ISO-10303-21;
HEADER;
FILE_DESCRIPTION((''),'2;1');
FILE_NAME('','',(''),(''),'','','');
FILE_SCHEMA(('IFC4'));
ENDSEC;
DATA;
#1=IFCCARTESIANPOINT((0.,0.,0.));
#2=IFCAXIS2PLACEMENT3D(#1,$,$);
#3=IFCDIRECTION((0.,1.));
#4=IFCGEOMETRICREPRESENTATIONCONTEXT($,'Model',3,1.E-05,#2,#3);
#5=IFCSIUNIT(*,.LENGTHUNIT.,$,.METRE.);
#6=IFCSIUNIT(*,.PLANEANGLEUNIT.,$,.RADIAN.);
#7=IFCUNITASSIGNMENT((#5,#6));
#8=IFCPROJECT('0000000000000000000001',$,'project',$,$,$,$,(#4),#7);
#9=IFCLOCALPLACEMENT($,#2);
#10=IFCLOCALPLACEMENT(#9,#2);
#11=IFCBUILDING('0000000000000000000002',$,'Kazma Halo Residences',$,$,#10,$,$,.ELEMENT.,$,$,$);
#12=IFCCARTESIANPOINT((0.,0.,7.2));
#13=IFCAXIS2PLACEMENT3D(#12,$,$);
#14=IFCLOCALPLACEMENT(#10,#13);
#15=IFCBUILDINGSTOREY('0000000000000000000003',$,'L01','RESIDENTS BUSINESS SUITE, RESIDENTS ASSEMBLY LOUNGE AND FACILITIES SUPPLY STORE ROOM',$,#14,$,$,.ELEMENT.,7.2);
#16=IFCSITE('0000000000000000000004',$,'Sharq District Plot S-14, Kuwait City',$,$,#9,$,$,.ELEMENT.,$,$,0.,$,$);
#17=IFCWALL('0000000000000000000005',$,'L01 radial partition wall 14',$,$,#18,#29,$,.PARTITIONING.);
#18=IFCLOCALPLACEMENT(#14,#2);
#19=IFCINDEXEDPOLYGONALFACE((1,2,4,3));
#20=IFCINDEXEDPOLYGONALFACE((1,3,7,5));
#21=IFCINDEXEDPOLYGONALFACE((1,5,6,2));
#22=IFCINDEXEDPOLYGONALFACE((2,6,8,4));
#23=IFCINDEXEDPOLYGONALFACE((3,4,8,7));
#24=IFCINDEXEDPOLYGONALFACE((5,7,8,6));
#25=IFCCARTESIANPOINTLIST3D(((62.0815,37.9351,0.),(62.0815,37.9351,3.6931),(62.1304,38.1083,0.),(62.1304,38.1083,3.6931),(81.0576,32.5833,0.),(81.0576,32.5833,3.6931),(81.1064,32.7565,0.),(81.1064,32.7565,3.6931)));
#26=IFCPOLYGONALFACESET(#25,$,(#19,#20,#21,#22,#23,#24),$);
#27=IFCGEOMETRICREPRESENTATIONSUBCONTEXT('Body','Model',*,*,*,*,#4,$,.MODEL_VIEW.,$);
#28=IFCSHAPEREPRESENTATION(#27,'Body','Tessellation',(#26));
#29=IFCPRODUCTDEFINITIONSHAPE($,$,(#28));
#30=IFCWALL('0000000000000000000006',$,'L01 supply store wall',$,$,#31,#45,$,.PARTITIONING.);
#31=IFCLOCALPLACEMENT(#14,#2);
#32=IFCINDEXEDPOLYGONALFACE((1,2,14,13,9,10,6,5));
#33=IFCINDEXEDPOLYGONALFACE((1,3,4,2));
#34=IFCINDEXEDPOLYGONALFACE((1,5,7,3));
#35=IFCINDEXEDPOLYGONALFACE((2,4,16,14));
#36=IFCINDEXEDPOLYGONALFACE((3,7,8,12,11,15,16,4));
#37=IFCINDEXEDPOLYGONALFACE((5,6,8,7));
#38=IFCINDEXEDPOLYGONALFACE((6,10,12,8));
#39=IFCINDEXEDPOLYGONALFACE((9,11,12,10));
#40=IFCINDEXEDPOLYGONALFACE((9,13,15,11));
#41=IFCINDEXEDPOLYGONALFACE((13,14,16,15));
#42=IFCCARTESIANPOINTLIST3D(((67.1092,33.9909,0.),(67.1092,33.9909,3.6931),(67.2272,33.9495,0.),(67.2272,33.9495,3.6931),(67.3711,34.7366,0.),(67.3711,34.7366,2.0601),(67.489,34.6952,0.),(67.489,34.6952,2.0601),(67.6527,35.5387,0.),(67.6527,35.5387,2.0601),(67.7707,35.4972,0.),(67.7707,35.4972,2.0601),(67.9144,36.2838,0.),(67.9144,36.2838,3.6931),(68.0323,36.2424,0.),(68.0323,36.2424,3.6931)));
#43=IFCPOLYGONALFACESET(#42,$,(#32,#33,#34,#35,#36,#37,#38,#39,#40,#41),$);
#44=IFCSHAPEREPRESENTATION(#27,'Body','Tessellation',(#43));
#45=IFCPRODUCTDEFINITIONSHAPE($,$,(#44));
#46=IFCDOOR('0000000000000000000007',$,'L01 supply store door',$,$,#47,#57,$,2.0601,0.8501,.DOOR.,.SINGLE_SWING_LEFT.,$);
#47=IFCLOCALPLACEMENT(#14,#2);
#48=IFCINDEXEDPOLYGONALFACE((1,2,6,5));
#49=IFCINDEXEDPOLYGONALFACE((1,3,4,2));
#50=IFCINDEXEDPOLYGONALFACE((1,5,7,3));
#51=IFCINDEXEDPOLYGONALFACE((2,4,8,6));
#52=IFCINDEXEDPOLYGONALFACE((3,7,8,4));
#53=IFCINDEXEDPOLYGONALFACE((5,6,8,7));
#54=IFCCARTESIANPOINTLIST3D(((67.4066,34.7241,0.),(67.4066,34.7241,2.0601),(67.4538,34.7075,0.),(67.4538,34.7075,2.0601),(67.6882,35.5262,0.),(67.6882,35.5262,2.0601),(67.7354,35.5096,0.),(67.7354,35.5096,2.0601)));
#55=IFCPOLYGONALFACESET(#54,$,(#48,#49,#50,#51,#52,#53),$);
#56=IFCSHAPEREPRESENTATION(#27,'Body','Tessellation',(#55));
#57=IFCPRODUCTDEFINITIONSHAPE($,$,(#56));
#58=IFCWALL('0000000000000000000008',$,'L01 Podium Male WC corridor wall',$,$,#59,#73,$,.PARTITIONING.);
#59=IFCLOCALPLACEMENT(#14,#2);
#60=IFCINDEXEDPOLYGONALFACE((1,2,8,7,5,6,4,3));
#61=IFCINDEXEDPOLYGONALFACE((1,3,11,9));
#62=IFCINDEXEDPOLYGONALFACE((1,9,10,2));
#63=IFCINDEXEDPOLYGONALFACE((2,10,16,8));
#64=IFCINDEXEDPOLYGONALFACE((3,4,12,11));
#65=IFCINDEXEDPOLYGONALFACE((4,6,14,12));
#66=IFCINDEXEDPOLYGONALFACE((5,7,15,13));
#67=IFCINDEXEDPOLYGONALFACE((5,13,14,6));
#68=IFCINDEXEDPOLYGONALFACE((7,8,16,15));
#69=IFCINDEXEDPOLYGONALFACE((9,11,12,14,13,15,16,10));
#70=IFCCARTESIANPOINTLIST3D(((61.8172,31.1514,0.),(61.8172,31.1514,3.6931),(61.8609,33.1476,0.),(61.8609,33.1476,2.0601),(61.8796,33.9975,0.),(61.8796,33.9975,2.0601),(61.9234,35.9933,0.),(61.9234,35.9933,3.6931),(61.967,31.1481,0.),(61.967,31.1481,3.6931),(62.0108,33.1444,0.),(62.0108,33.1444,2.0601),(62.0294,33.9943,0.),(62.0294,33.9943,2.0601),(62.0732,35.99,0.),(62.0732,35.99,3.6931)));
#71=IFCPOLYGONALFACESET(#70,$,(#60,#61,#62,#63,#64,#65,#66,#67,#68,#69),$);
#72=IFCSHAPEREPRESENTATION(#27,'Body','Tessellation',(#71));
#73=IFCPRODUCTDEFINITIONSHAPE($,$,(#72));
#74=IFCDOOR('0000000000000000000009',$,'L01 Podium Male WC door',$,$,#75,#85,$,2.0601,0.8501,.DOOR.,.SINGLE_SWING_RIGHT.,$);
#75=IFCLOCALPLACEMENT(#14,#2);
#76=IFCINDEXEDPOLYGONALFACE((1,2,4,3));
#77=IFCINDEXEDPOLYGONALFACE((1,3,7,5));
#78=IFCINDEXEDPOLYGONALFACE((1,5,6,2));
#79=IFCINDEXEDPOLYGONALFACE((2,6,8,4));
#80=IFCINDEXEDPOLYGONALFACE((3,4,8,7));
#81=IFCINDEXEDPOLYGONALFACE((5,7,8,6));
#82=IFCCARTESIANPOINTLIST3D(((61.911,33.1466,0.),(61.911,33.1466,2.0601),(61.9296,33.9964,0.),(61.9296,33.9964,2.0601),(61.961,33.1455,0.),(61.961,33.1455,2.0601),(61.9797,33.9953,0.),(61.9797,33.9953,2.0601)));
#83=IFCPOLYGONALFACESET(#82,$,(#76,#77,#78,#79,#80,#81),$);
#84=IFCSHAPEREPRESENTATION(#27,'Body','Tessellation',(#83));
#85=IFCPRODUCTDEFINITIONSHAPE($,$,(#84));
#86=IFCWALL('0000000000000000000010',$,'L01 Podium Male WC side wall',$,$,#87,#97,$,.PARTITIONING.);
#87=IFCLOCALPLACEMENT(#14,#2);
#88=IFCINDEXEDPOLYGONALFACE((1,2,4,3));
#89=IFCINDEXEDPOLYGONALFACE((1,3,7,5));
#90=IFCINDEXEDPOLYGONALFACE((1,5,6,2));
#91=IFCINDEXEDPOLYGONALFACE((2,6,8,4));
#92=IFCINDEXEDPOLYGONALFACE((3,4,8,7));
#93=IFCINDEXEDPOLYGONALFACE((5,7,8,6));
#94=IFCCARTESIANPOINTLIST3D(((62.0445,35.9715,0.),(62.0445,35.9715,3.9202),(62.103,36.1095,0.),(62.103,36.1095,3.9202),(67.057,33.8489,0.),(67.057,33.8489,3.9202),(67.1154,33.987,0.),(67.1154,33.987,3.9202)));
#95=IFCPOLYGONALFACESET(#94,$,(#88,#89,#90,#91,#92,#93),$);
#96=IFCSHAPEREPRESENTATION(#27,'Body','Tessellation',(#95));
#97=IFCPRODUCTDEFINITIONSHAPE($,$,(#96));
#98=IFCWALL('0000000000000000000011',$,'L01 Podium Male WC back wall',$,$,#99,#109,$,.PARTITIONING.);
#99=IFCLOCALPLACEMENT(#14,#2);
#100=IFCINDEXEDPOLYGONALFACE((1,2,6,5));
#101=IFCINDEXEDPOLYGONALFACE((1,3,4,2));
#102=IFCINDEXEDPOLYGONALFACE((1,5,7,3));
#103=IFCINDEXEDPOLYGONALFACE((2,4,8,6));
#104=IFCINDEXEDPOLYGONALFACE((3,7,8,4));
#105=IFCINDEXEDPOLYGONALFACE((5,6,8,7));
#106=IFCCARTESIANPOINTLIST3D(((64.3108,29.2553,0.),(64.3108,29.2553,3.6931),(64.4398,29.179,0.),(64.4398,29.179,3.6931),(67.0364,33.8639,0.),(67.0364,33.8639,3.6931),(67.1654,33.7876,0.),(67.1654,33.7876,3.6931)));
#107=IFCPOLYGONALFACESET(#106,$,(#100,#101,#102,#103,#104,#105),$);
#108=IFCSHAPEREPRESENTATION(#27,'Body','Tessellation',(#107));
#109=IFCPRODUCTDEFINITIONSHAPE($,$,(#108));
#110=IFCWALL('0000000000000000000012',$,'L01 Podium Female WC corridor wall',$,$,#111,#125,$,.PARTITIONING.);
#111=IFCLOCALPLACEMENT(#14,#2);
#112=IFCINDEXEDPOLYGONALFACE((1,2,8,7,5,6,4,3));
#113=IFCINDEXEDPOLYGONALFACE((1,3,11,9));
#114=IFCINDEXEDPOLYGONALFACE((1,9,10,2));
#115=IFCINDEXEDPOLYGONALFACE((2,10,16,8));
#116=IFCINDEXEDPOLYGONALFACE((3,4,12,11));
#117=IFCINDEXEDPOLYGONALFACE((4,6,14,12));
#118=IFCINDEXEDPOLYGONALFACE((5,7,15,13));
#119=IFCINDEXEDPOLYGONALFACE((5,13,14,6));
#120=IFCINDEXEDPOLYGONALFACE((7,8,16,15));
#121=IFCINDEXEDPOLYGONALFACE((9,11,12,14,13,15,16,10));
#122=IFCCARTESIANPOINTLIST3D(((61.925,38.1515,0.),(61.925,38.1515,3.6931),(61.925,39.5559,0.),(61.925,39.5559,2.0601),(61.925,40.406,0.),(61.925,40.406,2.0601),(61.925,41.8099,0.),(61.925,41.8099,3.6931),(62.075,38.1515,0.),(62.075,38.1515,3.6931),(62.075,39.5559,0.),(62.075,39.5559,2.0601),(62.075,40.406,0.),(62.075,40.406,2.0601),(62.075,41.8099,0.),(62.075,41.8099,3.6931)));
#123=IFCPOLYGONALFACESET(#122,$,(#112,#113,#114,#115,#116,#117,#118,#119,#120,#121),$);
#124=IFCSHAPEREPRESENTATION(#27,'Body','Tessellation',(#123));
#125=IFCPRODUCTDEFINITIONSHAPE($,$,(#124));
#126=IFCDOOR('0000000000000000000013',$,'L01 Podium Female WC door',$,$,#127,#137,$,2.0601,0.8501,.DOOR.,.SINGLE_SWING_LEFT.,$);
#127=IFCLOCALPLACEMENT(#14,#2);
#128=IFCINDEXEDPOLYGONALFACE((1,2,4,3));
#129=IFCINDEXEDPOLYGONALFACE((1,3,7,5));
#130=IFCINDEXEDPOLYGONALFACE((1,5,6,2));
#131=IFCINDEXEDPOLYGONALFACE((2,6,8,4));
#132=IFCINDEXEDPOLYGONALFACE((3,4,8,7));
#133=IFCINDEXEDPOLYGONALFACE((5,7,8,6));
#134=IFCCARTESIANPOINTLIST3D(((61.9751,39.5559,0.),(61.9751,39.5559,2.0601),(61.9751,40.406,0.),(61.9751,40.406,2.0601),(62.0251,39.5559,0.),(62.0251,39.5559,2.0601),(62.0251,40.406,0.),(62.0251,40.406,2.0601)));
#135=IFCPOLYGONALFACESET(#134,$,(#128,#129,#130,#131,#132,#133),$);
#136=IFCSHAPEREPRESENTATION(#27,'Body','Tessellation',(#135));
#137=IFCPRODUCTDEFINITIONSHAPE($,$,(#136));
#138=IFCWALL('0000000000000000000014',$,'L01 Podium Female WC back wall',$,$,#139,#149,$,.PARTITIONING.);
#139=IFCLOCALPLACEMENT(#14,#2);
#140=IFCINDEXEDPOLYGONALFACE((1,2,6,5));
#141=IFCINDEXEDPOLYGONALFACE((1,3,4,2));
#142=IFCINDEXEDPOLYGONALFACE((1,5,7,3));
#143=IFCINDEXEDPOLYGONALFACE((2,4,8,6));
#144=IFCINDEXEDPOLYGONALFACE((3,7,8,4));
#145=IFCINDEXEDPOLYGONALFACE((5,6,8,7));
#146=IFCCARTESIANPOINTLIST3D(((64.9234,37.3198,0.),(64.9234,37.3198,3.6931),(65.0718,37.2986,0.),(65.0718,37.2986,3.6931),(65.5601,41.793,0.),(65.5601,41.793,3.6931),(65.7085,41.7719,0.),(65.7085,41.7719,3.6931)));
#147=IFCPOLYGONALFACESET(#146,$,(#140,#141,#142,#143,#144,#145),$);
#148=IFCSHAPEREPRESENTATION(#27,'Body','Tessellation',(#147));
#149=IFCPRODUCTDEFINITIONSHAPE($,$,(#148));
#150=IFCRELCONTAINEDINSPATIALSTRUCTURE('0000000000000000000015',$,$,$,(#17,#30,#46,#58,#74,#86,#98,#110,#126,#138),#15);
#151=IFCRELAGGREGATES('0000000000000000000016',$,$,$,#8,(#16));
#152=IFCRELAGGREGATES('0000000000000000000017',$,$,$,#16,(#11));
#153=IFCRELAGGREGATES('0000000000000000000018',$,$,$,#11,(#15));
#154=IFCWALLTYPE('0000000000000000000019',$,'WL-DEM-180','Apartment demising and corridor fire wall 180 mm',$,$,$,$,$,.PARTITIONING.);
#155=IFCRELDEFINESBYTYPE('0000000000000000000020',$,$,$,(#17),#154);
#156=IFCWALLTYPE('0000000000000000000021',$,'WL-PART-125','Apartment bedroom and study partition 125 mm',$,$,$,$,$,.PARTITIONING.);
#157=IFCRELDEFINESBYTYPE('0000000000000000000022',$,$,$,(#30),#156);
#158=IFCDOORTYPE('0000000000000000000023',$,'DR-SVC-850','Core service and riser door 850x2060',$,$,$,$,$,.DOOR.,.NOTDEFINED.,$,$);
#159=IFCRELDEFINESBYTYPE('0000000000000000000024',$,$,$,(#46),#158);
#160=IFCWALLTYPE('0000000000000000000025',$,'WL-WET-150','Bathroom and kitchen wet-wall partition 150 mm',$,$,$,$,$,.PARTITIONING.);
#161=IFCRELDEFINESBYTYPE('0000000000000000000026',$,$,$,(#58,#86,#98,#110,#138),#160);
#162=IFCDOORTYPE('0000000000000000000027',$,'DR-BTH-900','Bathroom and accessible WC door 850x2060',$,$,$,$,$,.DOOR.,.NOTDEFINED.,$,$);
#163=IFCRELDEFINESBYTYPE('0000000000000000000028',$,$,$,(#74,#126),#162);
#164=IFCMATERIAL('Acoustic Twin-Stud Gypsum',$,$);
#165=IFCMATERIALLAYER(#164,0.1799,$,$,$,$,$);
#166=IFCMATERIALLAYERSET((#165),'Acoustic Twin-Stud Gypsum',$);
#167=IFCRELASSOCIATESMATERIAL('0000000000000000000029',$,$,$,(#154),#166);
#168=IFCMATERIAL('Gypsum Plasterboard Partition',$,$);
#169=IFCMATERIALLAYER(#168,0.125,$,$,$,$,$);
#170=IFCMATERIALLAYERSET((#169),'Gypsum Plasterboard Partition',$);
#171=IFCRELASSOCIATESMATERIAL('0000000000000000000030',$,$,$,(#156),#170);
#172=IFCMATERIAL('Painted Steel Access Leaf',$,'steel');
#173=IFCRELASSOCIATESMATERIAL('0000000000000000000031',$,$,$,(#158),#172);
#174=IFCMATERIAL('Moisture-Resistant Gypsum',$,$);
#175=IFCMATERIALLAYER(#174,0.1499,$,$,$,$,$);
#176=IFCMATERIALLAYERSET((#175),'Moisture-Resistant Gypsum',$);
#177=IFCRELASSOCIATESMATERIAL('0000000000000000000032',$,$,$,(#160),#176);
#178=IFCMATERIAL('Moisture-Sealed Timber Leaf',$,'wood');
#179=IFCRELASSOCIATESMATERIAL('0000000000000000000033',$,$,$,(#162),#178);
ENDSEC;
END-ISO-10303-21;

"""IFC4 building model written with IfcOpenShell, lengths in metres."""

from ifc_helpers import new_model, si_unit, direction, frame, frame_2d, origin, place, context, subcontext, project, spatial, rectangle, extrude, material, layer, layer_set, type_object, element, fill, save


model = new_model("IFC4")

# Units and contexts
model_context = context("Model", 3, precision=1e-05, world=origin(), true_north=direction((0.0, 1.0)))
body_context = subcontext(model_context, "Body", "Model", "MODEL_VIEW")
ifc_project = project(units=[si_unit("LENGTHUNIT", "METRE"), si_unit("PLANEANGLEUNIT", "RADIAN")], contexts=[model_context])

# Site, building, storey
site_placement = place(None, origin())
site = spatial("IfcSite", under=ifc_project, at=site_placement, Name="Sharq District Plot S-14, Kuwait City", CompositionType="ELEMENT", RefElevation=0.0)
building_placement = place(site_placement, origin())
building = spatial("IfcBuilding", under=site, at=building_placement, Name="Kazma Halo Residences", CompositionType="ELEMENT")
storey_placement = place(building_placement, frame((0.0, 0.0, 7.2)))
storey = spatial("IfcBuildingStorey", under=building, at=storey_placement, Name="L01", Description="RESIDENTS BUSINESS SUITE, RESIDENTS ASSEMBLY LOUNGE AND FACILITIES SUPPLY STORE ROOM", CompositionType="ELEMENT", Elevation=7.2)

# Wall
ifc_material_1 = material(Name="Acoustic Twin-Stud Gypsum")
ifc_layer_1 = layer(ifc_material_1, 0.1799)
ifc_layer_set_1 = layer_set([ifc_layer_1], Name="Acoustic Twin-Stud Gypsum")
wall_type_1 = type_object("IfcWallType", Name="WL-DEM-180", Description="Apartment demising and corridor fire wall 180 mm", PredefinedType="PARTITIONING", material=ifc_layer_set_1)
wall_1_placement = place(storey_placement, frame((62.106, 38.0217, 0.0), z_axis=(0.0, 0.0, 1.0), x_axis=(0.962455, -0.27144, 0.0)))
element("IfcWall", 1, at=wall_1_placement, inside=storey, type_object=wall_type_1, Name="L01 radial partition wall 14", PredefinedType="PARTITIONING", context=body_context, shape_type="SweptSolid", body=[
    extrude(rectangle(XDim=19.7163, YDim=0.1799, at=frame_2d((9.8582, 0.0))), origin(), (0.0, 0.0, 1.0), 3.6931),
])

# Walls, openings, doors
ifc_material_2 = material(Name="Gypsum Plasterboard Partition")
ifc_layer_2 = layer(ifc_material_2, 0.125)
ifc_layer_set_2 = layer_set([ifc_layer_2], Name="Gypsum Plasterboard Partition")
wall_type_2 = type_object("IfcWallType", Name="WL-PART-125", Description="Apartment bedroom and study partition 125 mm", PredefinedType="PARTITIONING", material=ifc_layer_set_2)
wall_2_placement = place(storey_placement, frame((67.1682, 33.9702, 0.0), z_axis=(0.0, 0.0, 1.0), x_axis=(0.331317, 0.94352, 0.0)))
wall_2 = element("IfcWall", 2, at=wall_2_placement, inside=storey, type_object=wall_type_2, Name="L01 supply store wall", PredefinedType="PARTITIONING", context=body_context, shape_type="SweptSolid", body=[
    extrude(rectangle(XDim=2.4302, YDim=0.125, at=frame_2d((1.2151, 0.0))), origin(), (0.0, 0.0, 1.0), 3.6931),
])
opening_1_placement = place(wall_2_placement, frame((0.7903, 0.0, 0.0)))
opening_1 = element("IfcOpeningElement", 3, at=opening_1_placement, cuts=wall_2, PredefinedType="OPENING", context=body_context, shape_type="SweptSolid", body=[
    extrude(rectangle(XDim=0.8501, YDim=2.0601, at=frame_2d((0.425, 1.03))), frame((0.0, 0.0725, 0.0), z_axis=(0.0, -1.0, 0.0), x_axis=(1.0, 0.0, 0.0)), (0.0, 0.0, 1.0), 0.145),
])
ifc_material_3 = material(Name="Painted Steel Access Leaf", Category="steel")
door_type_1 = type_object("IfcDoorType", Name="DR-SVC-850", Description="Core service and riser door 850x2060", OperationType="NOTDEFINED", PredefinedType="DOOR", material=ifc_material_3)
door_1_placement = place(opening_1_placement, origin())
door_1 = element("IfcDoor", 4, at=door_1_placement, inside=storey, type_object=door_type_1, Name="L01 supply store door", OperationType="SINGLE_SWING_LEFT", OverallHeight=2.0601, OverallWidth=0.8501, PredefinedType="DOOR", context=body_context, shape_type="SweptSolid", body=[
    extrude(rectangle(XDim=0.8501, YDim=2.0601, at=frame_2d((0.425, 1.03))), frame((0.0, 0.0249, 0.0), z_axis=(0.0, -1.0, 0.0), x_axis=(1.0, 0.0, 0.0)), (0.0, 0.0, 1.0), 0.05),
])
fill(opening_1, door_1)
ifc_material_4 = material(Name="Moisture-Resistant Gypsum")
ifc_layer_3 = layer(ifc_material_4, 0.1499)
ifc_layer_set_3 = layer_set([ifc_layer_3], Name="Moisture-Resistant Gypsum")
wall_type_3 = type_object("IfcWallType", Name="WL-WET-150", Description="Bathroom and kitchen wet-wall partition 150 mm", PredefinedType="PARTITIONING", material=ifc_layer_set_3)
wall_3_placement = place(storey_placement, frame((61.8921, 31.1499, 0.0), z_axis=(0.0, 0.0, 1.0), x_axis=(0.021929, 0.99976, 0.0)))
wall_3 = element("IfcWall", 5, at=wall_3_placement, inside=storey, type_object=wall_type_3, Name="L01 Podium Male WC corridor wall", PredefinedType="PARTITIONING", context=body_context, shape_type="SweptSolid", body=[
    extrude(rectangle(XDim=4.843, YDim=0.1499, at=frame_2d((2.4214, 0.0))), origin(), (0.0, 0.0, 1.0), 3.6931),
])
opening_2_placement = place(wall_3_placement, frame((1.9966, 0.0, 0.0)))
opening_2 = element("IfcOpeningElement", 6, at=opening_2_placement, cuts=wall_3, PredefinedType="OPENING", context=body_context, shape_type="SweptSolid", body=[
    extrude(rectangle(XDim=0.8501, YDim=2.0601, at=frame_2d((0.425, 1.03))), frame((0.0, 0.085, 0.0), z_axis=(0.0, -1.0, 0.0), x_axis=(1.0, 0.0, 0.0)), (0.0, 0.0, 1.0), 0.1699),
])
ifc_material_5 = material(Name="Moisture-Sealed Timber Leaf", Category="wood")
door_type_2 = type_object("IfcDoorType", Name="DR-BTH-900", Description="Bathroom and accessible WC door 850x2060", OperationType="NOTDEFINED", PredefinedType="DOOR", material=ifc_material_5)
door_2_placement = place(opening_2_placement, origin())
door_2 = element("IfcDoor", 7, at=door_2_placement, inside=storey, type_object=door_type_2, Name="L01 Podium Male WC door", OperationType="SINGLE_SWING_RIGHT", OverallHeight=2.0601, OverallWidth=0.8501, PredefinedType="DOOR", context=body_context, shape_type="SweptSolid", body=[
    extrude(rectangle(XDim=0.8501, YDim=2.0601, at=frame_2d((0.425, 1.03))), frame((0.0, 0.0249, 0.0), z_axis=(0.0, -1.0, 0.0), x_axis=(1.0, 0.0, 0.0)), (0.0, 0.0, 1.0), 0.05),
])
fill(opening_2, door_2)

# Walls
wall_4_placement = place(storey_placement, frame((62.0737, 36.0405, 0.0), z_axis=(0.0, 0.0, 1.0), x_axis=(0.920842, -0.389937, 0.0)))
element("IfcWall", 8, at=wall_4_placement, inside=storey, type_object=wall_type_3, Name="L01 Podium Male WC side wall", PredefinedType="PARTITIONING", context=body_context, shape_type="SweptSolid", body=[
    extrude(rectangle(XDim=5.4434, YDim=0.1499, at=frame_2d((2.7217, 0.0))), origin(), (0.0, 0.0, 1.0), 3.9202),
])
wall_5_placement = place(storey_placement, frame((64.3752, 29.217, 0.0), z_axis=(0.0, 0.0, 1.0), x_axis=(0.509047, 0.860739, 0.0)))
element("IfcWall", 9, at=wall_5_placement, inside=storey, type_object=wall_type_3, Name="L01 Podium Male WC back wall", PredefinedType="PARTITIONING", context=body_context, shape_type="SweptSolid", body=[
    extrude(rectangle(XDim=5.3542, YDim=0.1499, at=frame_2d((2.6772, 0.0))), origin(), (0.0, 0.0, 1.0), 3.6931),
])

# Wall, opening, door
wall_6_placement = place(storey_placement, frame((62.0, 38.1516, 0.0), z_axis=(0.0, 0.0, 1.0), x_axis=(0.0, 1.0, 0.0)))
wall_6 = element("IfcWall", 10, at=wall_6_placement, inside=storey, type_object=wall_type_3, Name="L01 Podium Female WC corridor wall", PredefinedType="PARTITIONING", context=body_context, shape_type="SweptSolid", body=[
    extrude(rectangle(XDim=3.6584, YDim=0.1499, at=frame_2d((1.8291, 0.0))), origin(), (0.0, 0.0, 1.0), 3.6931),
])
opening_3_placement = place(wall_6_placement, frame((1.4043, 0.0, 0.0)))
opening_3 = element("IfcOpeningElement", 11, at=opening_3_placement, cuts=wall_6, PredefinedType="OPENING", context=body_context, shape_type="SweptSolid", body=[
    extrude(rectangle(XDim=0.8501, YDim=2.0601, at=frame_2d((0.425, 1.03))), frame((0.0, 0.085, 0.0), z_axis=(0.0, -1.0, 0.0), x_axis=(1.0, 0.0, 0.0)), (0.0, 0.0, 1.0), 0.1699),
])
door_3_placement = place(opening_3_placement, origin())
door_3 = element("IfcDoor", 12, at=door_3_placement, inside=storey, type_object=door_type_2, Name="L01 Podium Female WC door", OperationType="SINGLE_SWING_LEFT", OverallHeight=2.0601, OverallWidth=0.8501, PredefinedType="DOOR", context=body_context, shape_type="SweptSolid", body=[
    extrude(rectangle(XDim=0.8501, YDim=2.0601, at=frame_2d((0.425, 1.03))), frame((0.0, 0.0249, 0.0), z_axis=(0.0, -1.0, 0.0), x_axis=(1.0, 0.0, 0.0)), (0.0, 0.0, 1.0), 0.05),
])
fill(opening_3, door_3)

# Wall
wall_7_placement = place(storey_placement, frame((64.9976, 37.3091, 0.0), z_axis=(0.0, 0.0, 1.0), x_axis=(0.140922, 0.990021, 0.0)))
element("IfcWall", 13, at=wall_7_placement, inside=storey, type_object=wall_type_3, Name="L01 Podium Female WC back wall", PredefinedType="PARTITIONING", context=body_context, shape_type="SweptSolid", body=[
    extrude(rectangle(XDim=4.5183, YDim=0.1499, at=frame_2d((2.2593, 0.0))), origin(), (0.0, 0.0, 1.0), 3.6931),
])

save(model, "model.ifc")
